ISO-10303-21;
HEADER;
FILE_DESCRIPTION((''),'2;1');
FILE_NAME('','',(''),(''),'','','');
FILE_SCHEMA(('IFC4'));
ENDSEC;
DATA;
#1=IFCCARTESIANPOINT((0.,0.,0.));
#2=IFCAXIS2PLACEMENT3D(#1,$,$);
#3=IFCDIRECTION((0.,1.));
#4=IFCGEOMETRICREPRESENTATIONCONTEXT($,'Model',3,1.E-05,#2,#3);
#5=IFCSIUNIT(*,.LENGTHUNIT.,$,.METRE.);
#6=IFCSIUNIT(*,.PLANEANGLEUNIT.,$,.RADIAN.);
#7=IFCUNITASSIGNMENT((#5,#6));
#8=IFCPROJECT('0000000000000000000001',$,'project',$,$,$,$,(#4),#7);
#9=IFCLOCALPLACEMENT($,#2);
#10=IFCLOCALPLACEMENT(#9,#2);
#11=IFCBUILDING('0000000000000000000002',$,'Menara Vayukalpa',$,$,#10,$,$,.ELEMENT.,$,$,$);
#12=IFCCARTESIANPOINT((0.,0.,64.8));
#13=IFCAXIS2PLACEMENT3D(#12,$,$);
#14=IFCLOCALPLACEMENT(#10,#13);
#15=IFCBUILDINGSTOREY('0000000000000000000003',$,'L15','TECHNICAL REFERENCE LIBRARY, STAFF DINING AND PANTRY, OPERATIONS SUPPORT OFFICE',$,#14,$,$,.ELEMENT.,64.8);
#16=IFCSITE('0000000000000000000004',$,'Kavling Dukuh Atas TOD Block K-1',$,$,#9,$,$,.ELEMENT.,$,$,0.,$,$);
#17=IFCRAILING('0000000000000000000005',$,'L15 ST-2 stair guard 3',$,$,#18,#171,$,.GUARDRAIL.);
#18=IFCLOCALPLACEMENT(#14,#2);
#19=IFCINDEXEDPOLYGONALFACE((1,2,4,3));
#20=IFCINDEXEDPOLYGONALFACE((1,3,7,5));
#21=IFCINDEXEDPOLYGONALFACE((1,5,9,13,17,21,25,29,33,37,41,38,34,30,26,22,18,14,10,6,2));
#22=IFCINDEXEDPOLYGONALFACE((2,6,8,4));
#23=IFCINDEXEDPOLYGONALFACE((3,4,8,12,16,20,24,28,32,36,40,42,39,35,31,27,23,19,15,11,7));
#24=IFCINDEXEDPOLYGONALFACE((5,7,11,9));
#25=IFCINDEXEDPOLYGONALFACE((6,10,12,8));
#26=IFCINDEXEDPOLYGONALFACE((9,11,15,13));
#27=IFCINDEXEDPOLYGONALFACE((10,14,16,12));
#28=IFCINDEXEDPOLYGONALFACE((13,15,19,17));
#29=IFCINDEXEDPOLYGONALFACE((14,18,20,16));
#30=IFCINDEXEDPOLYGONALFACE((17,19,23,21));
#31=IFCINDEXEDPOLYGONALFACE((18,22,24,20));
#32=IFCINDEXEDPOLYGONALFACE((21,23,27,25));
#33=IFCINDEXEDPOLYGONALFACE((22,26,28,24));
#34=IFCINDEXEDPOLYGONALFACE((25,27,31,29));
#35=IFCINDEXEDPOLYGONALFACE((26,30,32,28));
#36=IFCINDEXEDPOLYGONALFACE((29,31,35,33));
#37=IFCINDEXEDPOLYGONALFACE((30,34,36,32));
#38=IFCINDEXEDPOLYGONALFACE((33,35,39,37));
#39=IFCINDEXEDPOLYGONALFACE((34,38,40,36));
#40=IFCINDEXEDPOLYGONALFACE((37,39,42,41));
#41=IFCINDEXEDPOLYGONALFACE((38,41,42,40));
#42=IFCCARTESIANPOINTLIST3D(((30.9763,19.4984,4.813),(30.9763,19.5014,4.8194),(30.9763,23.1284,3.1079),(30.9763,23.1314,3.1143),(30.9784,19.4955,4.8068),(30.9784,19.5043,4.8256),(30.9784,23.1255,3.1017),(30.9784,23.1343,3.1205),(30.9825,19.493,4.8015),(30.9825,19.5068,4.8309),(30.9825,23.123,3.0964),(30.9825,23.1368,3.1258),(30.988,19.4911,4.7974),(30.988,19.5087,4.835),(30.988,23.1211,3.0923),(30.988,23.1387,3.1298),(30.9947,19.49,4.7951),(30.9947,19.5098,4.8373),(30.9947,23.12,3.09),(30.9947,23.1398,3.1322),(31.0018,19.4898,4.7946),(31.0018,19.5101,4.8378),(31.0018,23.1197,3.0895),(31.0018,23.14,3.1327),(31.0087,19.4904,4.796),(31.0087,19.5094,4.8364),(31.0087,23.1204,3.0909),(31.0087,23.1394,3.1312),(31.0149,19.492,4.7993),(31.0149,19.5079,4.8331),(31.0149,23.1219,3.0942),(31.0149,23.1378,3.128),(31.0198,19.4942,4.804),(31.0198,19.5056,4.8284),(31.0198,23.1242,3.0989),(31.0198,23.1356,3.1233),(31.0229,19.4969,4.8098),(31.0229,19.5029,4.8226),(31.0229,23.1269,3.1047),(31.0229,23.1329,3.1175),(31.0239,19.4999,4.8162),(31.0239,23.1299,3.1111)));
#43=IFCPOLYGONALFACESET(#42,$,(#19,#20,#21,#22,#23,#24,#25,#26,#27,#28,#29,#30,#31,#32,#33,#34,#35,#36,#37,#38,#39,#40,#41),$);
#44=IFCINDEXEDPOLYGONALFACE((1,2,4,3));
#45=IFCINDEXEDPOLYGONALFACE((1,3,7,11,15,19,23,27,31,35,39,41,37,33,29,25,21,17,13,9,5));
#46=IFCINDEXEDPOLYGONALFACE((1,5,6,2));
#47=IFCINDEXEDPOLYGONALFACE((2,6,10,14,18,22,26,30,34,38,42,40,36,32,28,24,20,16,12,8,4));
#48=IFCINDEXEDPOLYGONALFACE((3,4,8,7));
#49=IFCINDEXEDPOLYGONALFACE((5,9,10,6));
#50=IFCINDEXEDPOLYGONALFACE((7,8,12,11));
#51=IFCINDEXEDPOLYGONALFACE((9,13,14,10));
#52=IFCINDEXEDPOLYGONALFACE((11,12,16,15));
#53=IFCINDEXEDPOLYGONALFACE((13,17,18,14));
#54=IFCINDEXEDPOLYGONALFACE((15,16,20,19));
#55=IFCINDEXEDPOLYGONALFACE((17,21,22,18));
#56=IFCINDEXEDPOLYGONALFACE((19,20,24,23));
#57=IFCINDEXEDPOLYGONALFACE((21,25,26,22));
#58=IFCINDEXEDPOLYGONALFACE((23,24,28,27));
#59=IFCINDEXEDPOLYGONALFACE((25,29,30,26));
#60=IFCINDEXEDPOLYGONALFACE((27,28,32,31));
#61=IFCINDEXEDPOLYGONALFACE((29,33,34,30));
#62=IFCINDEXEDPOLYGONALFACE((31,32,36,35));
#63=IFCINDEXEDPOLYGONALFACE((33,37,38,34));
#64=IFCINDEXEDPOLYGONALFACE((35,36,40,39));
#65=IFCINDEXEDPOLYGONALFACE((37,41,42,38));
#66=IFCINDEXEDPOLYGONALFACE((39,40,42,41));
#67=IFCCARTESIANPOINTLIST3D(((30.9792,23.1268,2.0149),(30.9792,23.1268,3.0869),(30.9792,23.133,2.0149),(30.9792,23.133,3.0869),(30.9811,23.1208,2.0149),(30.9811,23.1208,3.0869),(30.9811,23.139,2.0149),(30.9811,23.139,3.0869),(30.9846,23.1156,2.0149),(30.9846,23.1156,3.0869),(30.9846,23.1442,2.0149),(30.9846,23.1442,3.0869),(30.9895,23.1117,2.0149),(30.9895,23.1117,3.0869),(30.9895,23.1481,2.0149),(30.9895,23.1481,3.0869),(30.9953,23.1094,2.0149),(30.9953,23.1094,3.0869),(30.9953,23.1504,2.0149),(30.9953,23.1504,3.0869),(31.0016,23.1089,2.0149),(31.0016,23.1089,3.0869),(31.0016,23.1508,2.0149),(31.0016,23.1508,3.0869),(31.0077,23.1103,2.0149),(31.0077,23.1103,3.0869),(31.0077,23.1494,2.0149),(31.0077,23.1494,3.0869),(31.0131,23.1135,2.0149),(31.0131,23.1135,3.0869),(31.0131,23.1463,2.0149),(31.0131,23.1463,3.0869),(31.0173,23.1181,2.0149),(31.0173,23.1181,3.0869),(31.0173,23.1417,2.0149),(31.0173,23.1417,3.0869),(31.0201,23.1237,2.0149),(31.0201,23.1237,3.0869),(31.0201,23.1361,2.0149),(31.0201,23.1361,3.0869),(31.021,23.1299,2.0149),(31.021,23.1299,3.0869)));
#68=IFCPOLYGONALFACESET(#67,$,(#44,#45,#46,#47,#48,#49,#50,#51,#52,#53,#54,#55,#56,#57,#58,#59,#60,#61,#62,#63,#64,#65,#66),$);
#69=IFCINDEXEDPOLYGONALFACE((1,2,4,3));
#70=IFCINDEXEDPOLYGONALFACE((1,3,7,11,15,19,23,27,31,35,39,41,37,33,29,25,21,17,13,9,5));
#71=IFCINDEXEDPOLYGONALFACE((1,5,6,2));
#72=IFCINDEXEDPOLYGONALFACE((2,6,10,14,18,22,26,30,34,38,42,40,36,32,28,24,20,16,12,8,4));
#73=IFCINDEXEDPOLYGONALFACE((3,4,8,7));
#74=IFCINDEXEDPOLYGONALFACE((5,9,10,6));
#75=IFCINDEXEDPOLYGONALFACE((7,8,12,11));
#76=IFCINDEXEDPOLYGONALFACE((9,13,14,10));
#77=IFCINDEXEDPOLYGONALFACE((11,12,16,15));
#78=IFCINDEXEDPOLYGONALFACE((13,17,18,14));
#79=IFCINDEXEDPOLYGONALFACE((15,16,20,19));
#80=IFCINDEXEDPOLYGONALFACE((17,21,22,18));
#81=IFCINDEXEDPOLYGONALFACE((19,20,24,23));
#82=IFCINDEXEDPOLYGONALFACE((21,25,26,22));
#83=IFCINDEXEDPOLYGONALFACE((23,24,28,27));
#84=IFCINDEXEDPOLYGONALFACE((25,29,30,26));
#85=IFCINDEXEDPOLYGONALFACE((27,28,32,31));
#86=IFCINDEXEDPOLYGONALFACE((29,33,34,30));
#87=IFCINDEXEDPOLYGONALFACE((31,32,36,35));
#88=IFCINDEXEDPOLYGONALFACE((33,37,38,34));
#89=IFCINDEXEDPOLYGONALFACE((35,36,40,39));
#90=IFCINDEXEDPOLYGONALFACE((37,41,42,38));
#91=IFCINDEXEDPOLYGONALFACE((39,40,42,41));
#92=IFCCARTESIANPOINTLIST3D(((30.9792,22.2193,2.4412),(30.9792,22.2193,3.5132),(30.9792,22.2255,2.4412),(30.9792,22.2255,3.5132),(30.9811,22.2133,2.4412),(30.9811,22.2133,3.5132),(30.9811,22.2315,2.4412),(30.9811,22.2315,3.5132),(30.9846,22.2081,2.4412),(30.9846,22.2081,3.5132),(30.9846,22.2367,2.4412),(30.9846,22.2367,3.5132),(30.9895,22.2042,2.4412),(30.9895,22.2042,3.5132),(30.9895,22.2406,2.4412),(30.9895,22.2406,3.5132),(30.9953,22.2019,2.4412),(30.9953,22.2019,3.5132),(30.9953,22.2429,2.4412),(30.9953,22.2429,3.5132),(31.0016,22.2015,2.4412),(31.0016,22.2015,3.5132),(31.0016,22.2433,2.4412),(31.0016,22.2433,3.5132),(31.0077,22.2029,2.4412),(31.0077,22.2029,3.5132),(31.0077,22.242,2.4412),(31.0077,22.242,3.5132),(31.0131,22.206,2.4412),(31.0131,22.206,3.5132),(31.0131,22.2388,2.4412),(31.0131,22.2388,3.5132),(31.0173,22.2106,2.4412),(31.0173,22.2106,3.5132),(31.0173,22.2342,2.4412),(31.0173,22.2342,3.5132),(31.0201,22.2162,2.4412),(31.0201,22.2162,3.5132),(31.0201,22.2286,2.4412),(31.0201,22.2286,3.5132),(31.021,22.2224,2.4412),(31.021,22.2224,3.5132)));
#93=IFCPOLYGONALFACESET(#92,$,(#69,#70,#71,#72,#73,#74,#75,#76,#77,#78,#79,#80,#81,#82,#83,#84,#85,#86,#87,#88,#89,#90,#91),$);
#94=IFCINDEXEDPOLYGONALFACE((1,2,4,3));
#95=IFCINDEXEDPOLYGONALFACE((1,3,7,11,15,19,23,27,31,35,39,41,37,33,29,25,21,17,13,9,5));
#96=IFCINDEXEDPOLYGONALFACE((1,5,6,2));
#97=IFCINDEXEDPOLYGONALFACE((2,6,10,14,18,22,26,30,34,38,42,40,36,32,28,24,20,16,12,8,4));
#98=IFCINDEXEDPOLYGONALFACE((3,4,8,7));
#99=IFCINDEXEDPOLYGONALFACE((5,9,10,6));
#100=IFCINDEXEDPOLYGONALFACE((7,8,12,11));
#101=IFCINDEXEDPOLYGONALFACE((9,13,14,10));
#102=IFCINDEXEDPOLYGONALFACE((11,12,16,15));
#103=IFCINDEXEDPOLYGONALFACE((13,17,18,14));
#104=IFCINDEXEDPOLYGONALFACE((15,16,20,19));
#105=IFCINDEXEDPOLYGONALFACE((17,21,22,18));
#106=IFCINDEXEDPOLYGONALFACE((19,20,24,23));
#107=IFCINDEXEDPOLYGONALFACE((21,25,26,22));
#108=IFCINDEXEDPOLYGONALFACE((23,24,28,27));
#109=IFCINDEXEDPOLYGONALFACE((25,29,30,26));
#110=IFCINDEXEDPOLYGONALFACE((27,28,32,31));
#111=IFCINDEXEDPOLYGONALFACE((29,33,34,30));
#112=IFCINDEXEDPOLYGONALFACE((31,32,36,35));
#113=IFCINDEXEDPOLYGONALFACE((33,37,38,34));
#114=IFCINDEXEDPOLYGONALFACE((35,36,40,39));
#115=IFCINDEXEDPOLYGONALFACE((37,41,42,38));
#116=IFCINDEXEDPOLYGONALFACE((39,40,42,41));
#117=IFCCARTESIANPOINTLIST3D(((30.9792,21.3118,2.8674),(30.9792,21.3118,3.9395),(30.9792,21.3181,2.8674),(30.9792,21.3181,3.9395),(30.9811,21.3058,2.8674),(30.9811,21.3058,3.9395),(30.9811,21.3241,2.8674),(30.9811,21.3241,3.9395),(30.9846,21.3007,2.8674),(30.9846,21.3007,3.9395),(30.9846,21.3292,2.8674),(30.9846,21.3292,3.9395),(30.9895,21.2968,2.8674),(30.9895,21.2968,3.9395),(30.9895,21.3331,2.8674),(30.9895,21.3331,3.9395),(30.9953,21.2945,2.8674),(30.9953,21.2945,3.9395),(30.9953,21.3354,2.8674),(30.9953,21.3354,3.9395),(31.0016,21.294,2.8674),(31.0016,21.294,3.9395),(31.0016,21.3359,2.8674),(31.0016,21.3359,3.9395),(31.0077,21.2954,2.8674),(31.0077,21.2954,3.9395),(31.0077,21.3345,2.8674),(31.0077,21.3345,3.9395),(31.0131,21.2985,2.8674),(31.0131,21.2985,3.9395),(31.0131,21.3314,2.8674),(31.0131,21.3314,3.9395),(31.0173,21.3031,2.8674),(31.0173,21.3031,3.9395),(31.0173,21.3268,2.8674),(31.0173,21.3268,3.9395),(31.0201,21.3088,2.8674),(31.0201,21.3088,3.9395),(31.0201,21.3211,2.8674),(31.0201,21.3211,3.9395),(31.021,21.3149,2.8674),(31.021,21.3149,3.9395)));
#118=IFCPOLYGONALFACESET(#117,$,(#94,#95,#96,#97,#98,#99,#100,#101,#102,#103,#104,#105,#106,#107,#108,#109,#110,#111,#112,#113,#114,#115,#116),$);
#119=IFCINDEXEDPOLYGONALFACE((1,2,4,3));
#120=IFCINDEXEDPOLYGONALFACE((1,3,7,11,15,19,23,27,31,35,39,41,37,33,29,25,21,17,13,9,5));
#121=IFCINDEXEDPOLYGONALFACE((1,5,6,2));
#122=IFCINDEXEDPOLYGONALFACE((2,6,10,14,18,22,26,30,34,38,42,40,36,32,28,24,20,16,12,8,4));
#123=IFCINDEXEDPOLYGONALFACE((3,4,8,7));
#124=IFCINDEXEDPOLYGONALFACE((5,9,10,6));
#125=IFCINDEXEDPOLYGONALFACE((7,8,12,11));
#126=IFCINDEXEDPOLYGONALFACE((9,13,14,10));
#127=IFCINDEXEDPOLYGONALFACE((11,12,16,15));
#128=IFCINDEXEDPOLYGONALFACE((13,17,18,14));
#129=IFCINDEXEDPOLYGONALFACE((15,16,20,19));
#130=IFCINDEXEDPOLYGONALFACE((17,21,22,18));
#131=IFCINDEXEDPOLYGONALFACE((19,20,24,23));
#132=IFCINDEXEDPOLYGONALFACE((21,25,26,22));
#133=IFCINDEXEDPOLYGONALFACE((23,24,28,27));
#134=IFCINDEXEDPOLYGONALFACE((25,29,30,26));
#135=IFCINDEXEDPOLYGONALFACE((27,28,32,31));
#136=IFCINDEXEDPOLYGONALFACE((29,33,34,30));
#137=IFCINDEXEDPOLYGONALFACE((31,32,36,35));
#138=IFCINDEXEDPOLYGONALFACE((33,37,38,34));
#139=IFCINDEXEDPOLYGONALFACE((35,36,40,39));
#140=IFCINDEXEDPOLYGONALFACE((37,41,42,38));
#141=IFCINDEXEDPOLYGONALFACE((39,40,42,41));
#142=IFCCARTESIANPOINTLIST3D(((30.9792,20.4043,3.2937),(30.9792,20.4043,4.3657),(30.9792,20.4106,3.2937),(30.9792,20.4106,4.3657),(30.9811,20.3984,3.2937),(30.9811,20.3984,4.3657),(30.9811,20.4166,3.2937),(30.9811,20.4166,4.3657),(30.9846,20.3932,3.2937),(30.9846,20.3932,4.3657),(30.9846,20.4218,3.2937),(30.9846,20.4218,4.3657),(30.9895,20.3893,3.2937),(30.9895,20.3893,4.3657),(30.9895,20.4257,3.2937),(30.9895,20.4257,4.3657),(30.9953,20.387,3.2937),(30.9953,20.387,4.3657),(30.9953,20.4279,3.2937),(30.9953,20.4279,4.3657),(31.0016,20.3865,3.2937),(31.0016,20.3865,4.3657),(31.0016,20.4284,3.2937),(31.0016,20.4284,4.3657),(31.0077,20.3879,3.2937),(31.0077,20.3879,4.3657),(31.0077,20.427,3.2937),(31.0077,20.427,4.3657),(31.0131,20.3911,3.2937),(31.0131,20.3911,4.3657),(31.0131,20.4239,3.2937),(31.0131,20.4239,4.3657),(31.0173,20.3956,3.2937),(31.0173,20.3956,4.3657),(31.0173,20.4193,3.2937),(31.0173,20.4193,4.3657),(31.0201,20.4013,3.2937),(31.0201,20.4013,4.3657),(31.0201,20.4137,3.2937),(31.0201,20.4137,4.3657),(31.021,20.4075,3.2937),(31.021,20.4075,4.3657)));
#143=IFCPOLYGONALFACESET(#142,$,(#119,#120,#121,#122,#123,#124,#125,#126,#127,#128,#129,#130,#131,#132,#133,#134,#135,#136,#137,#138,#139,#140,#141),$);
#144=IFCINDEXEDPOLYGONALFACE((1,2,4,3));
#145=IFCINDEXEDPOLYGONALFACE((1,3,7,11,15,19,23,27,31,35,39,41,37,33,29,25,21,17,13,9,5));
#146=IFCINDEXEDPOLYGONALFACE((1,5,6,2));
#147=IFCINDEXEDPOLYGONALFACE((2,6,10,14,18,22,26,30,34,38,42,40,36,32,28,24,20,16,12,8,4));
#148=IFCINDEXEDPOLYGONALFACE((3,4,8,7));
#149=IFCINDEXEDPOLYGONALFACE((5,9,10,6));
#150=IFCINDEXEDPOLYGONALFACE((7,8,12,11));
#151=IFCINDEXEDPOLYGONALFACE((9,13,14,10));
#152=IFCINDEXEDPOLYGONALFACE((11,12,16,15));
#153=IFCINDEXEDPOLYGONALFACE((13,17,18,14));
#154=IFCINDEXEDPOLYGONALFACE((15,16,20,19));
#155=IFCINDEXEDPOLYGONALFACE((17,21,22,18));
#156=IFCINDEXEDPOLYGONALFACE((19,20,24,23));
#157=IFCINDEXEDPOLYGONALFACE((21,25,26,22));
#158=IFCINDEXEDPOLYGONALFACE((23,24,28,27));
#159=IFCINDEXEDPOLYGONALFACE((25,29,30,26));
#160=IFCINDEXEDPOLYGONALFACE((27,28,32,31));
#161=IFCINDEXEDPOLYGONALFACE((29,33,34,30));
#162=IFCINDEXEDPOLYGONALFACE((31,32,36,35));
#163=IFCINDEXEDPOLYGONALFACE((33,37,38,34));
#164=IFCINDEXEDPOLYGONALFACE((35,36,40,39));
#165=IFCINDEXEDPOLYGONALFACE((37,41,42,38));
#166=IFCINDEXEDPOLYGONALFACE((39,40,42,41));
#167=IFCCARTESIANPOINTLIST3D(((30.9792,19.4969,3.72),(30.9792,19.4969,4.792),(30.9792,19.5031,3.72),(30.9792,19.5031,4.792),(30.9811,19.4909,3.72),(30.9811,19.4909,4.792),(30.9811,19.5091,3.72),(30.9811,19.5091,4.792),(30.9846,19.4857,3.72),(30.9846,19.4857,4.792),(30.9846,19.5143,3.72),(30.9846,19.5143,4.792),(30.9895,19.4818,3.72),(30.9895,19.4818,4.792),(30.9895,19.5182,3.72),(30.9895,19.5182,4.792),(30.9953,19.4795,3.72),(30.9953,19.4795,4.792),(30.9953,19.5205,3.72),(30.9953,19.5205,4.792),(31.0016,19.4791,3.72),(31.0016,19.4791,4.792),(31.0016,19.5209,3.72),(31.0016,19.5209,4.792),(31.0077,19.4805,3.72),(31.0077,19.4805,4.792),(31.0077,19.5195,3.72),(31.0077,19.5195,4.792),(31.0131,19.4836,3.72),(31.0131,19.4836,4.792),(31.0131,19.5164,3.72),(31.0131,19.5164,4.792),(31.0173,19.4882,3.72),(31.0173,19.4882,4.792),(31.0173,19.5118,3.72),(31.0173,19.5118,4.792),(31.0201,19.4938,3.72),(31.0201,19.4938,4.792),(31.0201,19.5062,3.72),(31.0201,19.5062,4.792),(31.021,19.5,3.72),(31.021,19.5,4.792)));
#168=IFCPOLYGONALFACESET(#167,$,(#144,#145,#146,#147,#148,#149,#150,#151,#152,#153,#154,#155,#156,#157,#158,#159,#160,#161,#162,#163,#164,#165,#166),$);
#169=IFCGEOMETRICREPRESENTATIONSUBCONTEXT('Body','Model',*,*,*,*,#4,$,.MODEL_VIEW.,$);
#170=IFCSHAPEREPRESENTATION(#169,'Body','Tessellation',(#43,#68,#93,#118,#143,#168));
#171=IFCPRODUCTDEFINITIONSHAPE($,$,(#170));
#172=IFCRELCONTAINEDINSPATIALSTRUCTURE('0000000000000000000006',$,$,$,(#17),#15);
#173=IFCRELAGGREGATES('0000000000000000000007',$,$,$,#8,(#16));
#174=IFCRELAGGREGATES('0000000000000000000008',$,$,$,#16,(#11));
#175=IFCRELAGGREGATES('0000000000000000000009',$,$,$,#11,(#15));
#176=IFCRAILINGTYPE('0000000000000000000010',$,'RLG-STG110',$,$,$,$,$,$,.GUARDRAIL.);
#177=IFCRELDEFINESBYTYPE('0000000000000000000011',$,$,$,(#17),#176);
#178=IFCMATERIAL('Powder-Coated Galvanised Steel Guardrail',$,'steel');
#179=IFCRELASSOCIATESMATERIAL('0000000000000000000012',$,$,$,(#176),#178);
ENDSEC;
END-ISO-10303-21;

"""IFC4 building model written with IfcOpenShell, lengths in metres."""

from ifc_helpers import new_model, si_unit, direction, frame, origin, origin_2d, place, context, subcontext, project, spatial, circle, extrude, material, type_object, element, save


model = new_model("IFC4")

# Units and contexts
model_context = context("Model", 3, precision=1e-05, world=origin(), true_north=direction((0.0, 1.0)))
body_context = subcontext(model_context, "Body", "Model", "MODEL_VIEW")
ifc_project = project(units=[si_unit("LENGTHUNIT", "METRE"), si_unit("PLANEANGLEUNIT", "RADIAN")], contexts=[model_context])

# Site, building, storey
site_placement = place(None, origin())
site = spatial("IfcSite", under=ifc_project, at=site_placement, Name="Kavling Dukuh Atas TOD Block K-1", CompositionType="ELEMENT", RefElevation=0.0)
building_placement = place(site_placement, origin())
building = spatial("IfcBuilding", under=site, at=building_placement, Name="Menara Vayukalpa", CompositionType="ELEMENT")
storey_placement = place(building_placement, frame((0.0, 0.0, 64.8)))
storey = spatial("IfcBuildingStorey", under=building, at=storey_placement, Name="L15", Description="TECHNICAL REFERENCE LIBRARY, STAFF DINING AND PANTRY, OPERATIONS SUPPORT OFFICE", CompositionType="ELEMENT", Elevation=64.8)

# Railing
ifc_material_1 = material(Name="Powder-Coated Galvanised Steel Guardrail", Category="steel")
railing_type_1 = type_object("IfcRailingType", Name="RLG-STG110", PredefinedType="GUARDRAIL", material=ifc_material_1)
railing_1_placement = place(storey_placement, frame((31.0, 23.1299, 2.0149)))
element("IfcRailing", 1, at=railing_1_placement, inside=storey, type_object=railing_type_1, Name="L15 ST-2 stair guard 3", PredefinedType="GUARDRAIL", context=body_context, shape_type="SweptSolid", body=[
    extrude(circle(Radius=0.0239, at=origin_2d()), frame((0.0, 0.0, 1.0962), z_axis=(0.0, -0.905116, 0.425164), x_axis=(1.0, 0.0, 0.0)), (0.0, 0.0, 1.0), 4.0105),
    extrude(circle(Radius=0.021, at=origin_2d()), origin(), (0.0, 0.0, 1.0), 1.072),
    extrude(circle(Radius=0.021, at=origin_2d()), frame((0.0, -0.9075, 0.4263)), (0.0, 0.0, 1.0), 1.072),
    extrude(circle(Radius=0.021, at=origin_2d()), frame((0.0, -1.8149, 0.8525)), (0.0, 0.0, 1.0), 1.072),
    extrude(circle(Radius=0.021, at=origin_2d()), frame((0.0, -2.7224, 1.2788)), (0.0, 0.0, 1.0), 1.072),
    extrude(circle(Radius=0.021, at=origin_2d()), frame((0.0, -3.6299, 1.7051)), (0.0, 0.0, 1.0), 1.072),
])

save(model, "model.ifc")
